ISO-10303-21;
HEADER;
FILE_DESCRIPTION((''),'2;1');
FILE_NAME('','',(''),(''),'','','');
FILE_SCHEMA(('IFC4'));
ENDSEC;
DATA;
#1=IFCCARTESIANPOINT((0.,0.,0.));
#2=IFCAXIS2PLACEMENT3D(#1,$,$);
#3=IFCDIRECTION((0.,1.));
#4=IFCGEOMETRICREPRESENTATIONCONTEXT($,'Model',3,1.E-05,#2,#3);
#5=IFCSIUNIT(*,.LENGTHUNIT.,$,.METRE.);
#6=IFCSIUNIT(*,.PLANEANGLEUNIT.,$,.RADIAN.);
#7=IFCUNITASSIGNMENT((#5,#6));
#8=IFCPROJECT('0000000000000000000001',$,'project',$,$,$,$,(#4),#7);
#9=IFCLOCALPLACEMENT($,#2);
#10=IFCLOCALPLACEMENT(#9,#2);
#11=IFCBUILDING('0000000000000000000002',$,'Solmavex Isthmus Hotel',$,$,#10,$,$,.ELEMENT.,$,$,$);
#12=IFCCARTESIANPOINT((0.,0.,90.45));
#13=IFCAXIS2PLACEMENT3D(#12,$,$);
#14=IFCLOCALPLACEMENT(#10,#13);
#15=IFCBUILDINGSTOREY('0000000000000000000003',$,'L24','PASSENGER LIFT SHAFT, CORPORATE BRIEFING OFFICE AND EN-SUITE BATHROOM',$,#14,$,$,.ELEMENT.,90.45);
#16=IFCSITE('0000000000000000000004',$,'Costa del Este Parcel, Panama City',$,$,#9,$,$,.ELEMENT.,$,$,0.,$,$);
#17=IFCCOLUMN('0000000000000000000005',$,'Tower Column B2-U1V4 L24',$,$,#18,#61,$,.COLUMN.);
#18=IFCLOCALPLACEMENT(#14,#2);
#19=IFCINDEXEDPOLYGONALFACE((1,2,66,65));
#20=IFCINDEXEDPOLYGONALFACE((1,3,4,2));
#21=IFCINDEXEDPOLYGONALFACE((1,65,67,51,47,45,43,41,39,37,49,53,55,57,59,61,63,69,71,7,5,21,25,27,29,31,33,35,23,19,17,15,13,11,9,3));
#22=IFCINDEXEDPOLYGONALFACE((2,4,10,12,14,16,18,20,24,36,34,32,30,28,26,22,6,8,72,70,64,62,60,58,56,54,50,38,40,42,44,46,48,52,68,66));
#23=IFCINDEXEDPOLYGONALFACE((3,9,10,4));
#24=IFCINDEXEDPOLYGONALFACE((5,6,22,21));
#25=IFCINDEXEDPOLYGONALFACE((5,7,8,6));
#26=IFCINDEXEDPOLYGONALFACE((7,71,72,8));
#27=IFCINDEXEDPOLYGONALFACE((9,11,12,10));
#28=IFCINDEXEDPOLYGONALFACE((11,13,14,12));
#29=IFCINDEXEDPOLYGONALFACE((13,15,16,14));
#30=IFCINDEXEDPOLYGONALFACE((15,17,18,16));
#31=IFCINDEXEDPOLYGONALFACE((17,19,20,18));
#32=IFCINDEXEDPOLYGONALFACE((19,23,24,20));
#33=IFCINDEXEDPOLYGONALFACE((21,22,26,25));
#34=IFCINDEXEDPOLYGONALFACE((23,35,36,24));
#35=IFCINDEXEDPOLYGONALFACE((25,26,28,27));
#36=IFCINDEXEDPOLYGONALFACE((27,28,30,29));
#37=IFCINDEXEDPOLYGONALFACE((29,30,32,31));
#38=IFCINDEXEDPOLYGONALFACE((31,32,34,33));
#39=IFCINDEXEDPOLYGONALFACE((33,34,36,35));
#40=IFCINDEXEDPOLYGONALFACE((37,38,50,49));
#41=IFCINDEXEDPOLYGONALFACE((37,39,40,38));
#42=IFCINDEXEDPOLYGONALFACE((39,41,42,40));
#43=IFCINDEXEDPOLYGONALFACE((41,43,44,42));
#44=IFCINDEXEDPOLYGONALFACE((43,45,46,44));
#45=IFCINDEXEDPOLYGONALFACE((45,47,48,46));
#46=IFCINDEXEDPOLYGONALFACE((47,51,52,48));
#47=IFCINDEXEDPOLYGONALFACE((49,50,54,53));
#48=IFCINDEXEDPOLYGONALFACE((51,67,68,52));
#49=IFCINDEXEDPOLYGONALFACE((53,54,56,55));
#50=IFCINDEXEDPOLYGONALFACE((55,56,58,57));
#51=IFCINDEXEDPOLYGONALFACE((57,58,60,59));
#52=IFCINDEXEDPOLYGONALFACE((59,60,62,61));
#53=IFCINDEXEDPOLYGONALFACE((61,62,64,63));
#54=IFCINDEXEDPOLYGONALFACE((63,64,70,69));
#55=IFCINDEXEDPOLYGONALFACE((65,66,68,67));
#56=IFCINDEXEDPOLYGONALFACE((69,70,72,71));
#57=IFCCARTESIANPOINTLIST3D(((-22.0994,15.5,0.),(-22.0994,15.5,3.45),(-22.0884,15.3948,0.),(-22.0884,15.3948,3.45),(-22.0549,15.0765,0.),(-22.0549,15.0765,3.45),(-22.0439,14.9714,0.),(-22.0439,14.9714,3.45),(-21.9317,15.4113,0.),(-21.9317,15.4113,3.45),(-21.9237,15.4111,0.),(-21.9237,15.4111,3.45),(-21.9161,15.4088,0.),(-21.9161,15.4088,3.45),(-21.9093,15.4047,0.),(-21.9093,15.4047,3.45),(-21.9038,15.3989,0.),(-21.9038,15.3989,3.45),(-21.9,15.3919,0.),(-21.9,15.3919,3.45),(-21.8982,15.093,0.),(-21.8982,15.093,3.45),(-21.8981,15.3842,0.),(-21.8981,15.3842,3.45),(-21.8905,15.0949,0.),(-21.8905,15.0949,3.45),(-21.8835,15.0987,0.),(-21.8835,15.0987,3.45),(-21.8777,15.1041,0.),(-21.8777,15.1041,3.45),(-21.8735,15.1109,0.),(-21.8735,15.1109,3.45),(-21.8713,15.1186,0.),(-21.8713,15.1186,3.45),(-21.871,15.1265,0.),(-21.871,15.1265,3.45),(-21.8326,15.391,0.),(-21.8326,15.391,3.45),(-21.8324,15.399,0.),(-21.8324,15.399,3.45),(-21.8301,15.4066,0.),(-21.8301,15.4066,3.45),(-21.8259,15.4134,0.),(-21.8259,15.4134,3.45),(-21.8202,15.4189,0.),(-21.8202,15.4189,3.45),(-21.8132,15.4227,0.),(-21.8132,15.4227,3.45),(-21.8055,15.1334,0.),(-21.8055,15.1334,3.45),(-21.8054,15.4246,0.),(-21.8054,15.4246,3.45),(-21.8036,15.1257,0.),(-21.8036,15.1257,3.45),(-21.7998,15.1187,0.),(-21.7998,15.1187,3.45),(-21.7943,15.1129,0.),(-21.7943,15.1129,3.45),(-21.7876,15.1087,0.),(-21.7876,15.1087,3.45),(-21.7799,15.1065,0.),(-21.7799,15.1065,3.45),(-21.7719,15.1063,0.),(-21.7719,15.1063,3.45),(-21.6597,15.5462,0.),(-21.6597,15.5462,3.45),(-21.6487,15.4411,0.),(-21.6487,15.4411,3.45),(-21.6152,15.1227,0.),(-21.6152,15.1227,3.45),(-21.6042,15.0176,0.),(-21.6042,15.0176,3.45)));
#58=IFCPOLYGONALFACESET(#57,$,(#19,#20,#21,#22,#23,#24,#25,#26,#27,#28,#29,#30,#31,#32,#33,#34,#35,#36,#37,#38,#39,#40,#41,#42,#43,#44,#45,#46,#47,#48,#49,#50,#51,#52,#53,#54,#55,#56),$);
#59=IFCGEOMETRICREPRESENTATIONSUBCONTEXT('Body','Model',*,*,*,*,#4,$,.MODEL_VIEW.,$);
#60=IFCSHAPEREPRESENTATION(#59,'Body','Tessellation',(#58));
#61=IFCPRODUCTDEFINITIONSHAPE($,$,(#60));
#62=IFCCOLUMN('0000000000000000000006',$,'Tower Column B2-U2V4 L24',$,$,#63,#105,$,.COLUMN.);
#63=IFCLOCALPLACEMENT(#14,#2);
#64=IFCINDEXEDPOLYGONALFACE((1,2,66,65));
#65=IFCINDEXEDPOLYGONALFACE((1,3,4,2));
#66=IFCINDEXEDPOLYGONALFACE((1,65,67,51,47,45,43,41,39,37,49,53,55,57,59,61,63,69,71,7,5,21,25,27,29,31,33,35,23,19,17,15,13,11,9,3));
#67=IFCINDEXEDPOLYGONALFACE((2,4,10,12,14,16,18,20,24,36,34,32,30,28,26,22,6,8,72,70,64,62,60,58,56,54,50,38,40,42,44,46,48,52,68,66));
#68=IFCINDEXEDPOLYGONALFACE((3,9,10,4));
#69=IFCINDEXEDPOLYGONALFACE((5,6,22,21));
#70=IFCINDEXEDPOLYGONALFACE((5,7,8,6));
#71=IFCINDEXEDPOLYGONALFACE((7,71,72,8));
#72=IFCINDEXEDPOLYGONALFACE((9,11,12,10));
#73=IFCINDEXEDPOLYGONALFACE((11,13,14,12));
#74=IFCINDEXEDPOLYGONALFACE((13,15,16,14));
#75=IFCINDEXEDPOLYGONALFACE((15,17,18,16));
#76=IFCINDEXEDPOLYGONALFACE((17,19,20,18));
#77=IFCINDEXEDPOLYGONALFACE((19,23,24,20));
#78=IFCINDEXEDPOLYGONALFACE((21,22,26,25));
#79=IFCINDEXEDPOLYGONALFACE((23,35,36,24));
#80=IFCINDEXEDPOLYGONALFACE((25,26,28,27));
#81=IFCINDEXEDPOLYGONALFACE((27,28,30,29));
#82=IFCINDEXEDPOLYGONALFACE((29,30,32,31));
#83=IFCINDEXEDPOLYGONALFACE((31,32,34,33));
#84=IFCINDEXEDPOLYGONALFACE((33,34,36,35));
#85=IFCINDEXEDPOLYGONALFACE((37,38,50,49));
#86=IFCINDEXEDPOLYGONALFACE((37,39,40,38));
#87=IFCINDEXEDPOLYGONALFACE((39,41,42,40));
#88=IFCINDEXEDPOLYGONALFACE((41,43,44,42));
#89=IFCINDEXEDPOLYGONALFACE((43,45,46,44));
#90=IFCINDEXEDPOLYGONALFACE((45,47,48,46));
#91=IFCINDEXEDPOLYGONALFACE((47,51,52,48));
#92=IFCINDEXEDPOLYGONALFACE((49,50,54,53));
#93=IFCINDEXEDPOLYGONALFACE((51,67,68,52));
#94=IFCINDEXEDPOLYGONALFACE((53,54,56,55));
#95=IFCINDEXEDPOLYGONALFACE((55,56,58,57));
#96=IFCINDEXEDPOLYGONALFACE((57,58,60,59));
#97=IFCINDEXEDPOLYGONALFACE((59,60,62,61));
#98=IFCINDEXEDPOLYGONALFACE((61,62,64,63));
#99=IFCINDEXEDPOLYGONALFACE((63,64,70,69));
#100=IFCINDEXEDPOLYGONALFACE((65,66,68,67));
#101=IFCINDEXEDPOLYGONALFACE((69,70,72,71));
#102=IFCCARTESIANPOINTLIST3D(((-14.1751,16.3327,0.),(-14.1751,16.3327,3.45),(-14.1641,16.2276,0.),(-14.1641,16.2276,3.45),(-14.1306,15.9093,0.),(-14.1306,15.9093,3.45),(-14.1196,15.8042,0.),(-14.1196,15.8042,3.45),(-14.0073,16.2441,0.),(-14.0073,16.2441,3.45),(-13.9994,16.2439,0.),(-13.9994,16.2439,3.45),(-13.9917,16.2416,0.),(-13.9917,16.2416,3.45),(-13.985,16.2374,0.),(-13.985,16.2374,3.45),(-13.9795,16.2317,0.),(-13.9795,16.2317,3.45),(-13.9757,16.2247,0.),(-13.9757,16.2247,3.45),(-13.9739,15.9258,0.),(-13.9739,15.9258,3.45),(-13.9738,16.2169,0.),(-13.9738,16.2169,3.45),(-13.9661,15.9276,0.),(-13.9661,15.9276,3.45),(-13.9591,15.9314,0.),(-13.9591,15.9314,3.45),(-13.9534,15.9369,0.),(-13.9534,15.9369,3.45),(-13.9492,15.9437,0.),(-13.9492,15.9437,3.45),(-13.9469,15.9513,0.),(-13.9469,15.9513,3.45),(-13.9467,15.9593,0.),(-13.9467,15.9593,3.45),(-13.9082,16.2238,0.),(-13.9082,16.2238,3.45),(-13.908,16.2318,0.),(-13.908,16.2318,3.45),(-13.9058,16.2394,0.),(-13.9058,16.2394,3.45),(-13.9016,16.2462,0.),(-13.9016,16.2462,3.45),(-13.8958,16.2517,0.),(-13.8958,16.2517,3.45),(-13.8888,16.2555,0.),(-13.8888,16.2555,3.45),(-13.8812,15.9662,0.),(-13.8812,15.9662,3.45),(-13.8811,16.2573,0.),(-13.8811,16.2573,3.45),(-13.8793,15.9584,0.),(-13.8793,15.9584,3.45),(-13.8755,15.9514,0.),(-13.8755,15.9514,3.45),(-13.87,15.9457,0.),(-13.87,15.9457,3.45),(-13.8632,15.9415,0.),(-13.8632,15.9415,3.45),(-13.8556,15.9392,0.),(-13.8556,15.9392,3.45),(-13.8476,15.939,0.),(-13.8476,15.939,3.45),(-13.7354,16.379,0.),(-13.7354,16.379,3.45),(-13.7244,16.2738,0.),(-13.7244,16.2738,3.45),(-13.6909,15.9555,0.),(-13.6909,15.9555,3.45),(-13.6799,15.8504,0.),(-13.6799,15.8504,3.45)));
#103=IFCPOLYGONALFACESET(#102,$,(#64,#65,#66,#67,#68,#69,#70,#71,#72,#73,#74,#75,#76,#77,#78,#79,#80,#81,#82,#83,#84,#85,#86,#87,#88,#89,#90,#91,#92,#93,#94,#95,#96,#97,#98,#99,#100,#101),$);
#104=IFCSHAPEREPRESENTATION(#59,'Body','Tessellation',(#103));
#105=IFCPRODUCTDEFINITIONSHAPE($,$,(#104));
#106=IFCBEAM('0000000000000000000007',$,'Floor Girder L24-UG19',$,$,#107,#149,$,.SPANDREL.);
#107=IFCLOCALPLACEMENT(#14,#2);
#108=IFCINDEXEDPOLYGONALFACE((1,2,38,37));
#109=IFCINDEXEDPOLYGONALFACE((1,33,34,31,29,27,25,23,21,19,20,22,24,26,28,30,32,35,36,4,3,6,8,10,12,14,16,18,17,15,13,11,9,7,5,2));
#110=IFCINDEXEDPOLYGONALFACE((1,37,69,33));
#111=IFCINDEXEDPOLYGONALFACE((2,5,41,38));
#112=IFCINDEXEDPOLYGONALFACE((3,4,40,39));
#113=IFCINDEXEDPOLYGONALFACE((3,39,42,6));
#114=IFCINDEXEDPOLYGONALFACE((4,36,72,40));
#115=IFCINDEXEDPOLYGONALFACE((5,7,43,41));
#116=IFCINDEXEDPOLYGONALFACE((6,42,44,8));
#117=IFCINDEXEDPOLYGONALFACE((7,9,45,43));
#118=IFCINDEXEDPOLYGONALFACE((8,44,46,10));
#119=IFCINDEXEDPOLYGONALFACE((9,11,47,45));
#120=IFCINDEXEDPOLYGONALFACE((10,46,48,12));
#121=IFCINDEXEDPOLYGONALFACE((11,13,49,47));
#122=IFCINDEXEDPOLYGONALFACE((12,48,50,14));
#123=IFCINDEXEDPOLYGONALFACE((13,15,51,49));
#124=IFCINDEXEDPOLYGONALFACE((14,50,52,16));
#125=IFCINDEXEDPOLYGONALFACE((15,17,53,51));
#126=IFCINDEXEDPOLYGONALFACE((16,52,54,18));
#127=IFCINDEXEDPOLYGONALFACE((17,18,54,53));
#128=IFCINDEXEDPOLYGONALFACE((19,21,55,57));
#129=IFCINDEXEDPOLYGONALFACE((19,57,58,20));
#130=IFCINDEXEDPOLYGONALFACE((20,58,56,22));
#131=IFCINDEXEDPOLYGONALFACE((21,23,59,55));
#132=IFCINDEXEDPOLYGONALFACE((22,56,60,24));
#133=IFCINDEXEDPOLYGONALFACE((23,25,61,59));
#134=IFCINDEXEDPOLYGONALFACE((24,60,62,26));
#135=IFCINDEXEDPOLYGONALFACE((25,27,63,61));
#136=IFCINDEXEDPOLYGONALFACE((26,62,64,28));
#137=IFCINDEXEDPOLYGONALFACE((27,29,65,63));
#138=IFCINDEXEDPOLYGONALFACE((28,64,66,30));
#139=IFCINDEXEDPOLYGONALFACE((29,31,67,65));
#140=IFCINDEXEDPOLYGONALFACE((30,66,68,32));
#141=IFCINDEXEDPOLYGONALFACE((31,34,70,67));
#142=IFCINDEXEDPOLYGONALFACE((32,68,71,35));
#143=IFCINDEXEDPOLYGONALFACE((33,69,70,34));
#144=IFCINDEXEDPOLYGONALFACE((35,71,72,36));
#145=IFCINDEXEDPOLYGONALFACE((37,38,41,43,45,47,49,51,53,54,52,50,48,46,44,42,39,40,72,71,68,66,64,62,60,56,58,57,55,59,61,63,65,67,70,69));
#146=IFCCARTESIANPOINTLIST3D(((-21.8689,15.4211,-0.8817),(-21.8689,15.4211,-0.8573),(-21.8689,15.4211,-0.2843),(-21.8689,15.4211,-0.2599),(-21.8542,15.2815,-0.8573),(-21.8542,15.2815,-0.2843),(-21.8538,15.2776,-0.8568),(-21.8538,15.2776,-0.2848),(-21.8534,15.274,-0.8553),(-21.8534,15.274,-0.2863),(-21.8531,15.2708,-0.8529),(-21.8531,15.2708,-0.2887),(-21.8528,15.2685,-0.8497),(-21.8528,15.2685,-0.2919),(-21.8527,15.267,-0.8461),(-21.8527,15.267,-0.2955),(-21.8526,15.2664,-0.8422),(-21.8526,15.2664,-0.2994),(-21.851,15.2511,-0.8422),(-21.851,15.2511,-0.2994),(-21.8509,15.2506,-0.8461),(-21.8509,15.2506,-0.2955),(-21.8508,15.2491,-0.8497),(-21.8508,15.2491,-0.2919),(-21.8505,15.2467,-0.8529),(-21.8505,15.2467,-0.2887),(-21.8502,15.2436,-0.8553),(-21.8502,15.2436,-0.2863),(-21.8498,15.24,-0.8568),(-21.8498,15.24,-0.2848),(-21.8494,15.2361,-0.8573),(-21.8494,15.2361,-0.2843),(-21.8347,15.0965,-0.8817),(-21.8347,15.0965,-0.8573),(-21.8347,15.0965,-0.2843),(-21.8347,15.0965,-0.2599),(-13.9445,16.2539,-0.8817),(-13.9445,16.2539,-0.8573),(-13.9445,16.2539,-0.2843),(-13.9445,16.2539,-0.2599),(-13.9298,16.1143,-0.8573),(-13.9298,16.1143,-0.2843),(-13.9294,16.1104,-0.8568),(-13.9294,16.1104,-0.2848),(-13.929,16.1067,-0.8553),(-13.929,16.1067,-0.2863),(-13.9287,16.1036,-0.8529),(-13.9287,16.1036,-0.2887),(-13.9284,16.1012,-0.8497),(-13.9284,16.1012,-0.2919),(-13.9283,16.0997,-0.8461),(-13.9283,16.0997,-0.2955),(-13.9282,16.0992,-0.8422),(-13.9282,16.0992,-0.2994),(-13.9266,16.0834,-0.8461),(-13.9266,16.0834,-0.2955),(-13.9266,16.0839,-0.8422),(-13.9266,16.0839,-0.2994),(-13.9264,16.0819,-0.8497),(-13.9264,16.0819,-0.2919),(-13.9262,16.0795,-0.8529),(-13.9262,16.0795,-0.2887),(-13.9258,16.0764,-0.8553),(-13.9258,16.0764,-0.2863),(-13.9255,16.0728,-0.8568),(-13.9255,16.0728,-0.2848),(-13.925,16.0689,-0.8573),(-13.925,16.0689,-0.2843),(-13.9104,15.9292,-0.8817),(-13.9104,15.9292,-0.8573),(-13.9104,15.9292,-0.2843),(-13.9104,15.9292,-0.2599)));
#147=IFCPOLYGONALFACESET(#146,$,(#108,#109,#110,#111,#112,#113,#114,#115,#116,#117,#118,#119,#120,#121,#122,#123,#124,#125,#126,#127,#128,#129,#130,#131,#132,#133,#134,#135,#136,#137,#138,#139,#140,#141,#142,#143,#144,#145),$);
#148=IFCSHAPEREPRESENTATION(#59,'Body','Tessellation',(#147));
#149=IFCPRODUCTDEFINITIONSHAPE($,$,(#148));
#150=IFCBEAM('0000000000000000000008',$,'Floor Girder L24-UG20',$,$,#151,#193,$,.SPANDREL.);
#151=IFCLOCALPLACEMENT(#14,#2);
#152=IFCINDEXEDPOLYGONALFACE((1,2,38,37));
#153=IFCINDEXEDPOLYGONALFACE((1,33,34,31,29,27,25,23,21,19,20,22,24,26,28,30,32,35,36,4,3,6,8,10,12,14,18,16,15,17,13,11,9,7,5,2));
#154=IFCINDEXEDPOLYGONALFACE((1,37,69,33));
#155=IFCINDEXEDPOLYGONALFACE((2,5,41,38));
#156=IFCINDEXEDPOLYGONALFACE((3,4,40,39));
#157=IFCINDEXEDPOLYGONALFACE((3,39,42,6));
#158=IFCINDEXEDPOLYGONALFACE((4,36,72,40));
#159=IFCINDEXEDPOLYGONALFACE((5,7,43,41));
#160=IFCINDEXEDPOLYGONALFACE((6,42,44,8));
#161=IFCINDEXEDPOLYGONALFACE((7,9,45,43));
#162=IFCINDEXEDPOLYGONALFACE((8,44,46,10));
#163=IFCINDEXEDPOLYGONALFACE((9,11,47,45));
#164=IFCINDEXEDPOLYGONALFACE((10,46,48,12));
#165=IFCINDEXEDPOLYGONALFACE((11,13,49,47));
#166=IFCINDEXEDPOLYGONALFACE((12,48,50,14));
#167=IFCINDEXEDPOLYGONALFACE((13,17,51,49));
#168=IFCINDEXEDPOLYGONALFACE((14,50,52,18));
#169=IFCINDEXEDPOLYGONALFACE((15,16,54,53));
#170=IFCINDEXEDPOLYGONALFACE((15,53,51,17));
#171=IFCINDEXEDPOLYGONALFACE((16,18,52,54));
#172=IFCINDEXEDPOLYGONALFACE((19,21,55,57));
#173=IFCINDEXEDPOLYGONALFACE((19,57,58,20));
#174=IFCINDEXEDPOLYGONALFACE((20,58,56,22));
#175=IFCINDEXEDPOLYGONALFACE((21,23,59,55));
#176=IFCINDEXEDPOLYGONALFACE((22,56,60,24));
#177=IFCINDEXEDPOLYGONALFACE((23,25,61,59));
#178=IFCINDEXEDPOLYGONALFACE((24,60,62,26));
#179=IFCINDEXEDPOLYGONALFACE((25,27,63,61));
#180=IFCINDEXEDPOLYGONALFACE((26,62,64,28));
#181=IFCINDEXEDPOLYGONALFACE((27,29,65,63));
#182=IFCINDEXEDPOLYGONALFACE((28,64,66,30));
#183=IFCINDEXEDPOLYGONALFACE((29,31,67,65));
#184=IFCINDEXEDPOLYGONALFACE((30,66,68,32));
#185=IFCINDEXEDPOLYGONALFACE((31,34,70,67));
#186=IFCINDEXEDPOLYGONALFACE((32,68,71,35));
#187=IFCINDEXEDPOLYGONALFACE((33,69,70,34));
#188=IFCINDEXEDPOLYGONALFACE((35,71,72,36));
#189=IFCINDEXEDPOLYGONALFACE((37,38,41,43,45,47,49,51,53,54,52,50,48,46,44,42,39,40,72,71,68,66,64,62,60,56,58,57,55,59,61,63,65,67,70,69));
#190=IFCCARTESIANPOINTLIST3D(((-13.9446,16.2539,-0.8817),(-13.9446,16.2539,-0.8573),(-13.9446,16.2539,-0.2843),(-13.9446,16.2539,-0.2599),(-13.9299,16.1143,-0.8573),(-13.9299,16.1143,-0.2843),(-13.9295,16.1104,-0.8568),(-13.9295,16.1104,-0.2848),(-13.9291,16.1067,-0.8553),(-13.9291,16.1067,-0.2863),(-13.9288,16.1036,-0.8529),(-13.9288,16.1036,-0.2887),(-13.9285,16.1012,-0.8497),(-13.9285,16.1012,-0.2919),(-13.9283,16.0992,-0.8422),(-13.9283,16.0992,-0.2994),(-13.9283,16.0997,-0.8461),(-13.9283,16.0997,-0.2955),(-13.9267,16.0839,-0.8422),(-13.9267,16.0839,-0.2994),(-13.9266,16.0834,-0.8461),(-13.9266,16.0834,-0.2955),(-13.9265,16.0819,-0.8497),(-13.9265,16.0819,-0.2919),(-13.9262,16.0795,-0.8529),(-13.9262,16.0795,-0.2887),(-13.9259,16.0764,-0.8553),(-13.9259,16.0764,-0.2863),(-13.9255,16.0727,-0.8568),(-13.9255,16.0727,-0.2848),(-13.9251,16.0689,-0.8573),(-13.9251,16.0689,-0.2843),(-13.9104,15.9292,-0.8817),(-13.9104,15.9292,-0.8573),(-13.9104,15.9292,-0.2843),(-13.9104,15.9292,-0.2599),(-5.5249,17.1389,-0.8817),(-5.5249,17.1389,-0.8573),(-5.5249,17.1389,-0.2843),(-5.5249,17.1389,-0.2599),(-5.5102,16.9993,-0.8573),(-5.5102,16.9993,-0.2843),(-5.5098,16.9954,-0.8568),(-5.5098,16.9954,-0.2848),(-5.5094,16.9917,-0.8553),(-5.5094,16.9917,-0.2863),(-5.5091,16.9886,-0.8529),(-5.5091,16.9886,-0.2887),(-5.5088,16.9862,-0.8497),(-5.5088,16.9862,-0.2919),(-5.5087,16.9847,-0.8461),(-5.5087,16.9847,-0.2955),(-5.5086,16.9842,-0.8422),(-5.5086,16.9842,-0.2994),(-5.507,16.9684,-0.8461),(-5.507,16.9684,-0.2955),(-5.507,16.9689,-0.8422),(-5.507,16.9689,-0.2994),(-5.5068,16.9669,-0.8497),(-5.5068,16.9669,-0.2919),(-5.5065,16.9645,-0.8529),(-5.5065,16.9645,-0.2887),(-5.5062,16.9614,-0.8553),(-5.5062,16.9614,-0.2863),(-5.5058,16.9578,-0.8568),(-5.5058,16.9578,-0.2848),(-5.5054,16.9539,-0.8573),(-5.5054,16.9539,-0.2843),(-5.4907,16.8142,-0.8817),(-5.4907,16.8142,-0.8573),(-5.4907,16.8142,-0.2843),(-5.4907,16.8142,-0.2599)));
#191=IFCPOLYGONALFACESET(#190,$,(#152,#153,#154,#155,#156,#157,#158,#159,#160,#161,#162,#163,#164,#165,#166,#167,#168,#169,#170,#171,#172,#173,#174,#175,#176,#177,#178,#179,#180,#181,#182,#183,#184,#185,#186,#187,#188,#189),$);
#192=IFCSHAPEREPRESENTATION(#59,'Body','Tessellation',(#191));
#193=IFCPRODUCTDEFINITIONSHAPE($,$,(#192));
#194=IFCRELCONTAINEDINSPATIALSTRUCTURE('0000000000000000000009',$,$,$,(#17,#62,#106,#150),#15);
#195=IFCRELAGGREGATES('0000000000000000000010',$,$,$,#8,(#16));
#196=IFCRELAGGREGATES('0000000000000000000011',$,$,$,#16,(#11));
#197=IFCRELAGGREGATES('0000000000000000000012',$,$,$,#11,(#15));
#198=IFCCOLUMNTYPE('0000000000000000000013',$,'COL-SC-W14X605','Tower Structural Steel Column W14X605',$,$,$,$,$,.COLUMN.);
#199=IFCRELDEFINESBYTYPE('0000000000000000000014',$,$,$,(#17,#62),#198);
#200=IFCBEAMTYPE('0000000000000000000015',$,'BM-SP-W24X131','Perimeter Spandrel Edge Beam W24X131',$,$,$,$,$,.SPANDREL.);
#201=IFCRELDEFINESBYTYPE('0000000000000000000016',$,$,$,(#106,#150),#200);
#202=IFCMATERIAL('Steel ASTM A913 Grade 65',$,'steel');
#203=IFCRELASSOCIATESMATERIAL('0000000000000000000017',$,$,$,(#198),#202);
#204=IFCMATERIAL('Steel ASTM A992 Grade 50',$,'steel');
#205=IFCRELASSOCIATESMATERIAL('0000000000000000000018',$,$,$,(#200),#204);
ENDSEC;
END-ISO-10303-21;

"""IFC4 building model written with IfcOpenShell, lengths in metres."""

from ifc_helpers import new_model, si_unit, direction, frame, origin, origin_2d, place, context, subcontext, project, spatial, i_section, extrude, material, material_profile, profile_set, type_object, element, save


model = new_model("IFC4")

# Units and contexts
model_context = context("Model", 3, precision=1e-05, world=origin(), true_north=direction((0.0, 1.0)))
body_context = subcontext(model_context, "Body", "Model", "MODEL_VIEW")
ifc_project = project(units=[si_unit("LENGTHUNIT", "METRE"), si_unit("PLANEANGLEUNIT", "RADIAN")], contexts=[model_context])

# Site, building, storey
site_placement = place(None, origin())
site = spatial("IfcSite", under=ifc_project, at=site_placement, Name="Costa del Este Parcel, Panama City", CompositionType="ELEMENT", RefElevation=0.0)
building_placement = place(site_placement, origin())
building = spatial("IfcBuilding", under=site, at=building_placement, Name="Solmavex Isthmus Hotel", CompositionType="ELEMENT")
storey_placement = place(building_placement, frame((0.0, 0.0, 90.45)))
storey = spatial("IfcBuildingStorey", under=building, at=storey_placement, Name="L24", Description="PASSENGER LIFT SHAFT, CORPORATE BRIEFING OFFICE AND EN-SUITE BATHROOM", CompositionType="ELEMENT", Elevation=90.45)

# Columns
ifc_material_1 = material(Name="Steel ASTM A913 Grade 65", Category="steel")
ifc_material_profile_1 = material_profile(ifc_material_1, i_section(OverallWidth=0.4421, OverallDepth=0.5315, WebThickness=0.0659, FlangeThickness=0.1057, FilletRadius=0.0305, at=origin_2d()), Name="W14X605")
ifc_profile_set_1 = profile_set([ifc_material_profile_1], Name="Steel ASTM A913 Grade 65")
column_type = type_object("IfcColumnType", Name="COL-SC-W14X605", Description="Tower Structural Steel Column W14X605", PredefinedType="COLUMN", material=ifc_profile_set_1)
for number, where, z_axis, x_axis, name in (
    (1, (-21.8518, 15.2588, 0.0), (0.0, 0.0, 1.0), (0.994522, 0.104528, 0.0), "Tower Column B2-U1V4 L24"),
    (2, (-13.9275, 16.0916, 0.0), (0.0, 0.0, 1.0), (0.994522, 0.104528, 0.0), "Tower Column B2-U2V4 L24"),
):
    element("IfcColumn", number, at=place(storey_placement, frame(where, z_axis=z_axis, x_axis=x_axis)), inside=storey, type_object=column_type, Name=name, PredefinedType="COLUMN", context=body_context, shape_type="SweptSolid", body=[
        extrude(i_section(OverallWidth=0.4421, OverallDepth=0.5315, WebThickness=0.0659, FlangeThickness=0.1057, FilletRadius=0.0305, at=origin_2d()), origin(), (0.0, 0.0, 1.0), 3.45),
    ])

# Beams
ifc_material_2 = material(Name="Steel ASTM A992 Grade 50", Category="steel")
ifc_material_profile_2 = material_profile(ifc_material_2, i_section(OverallWidth=0.3264, OverallDepth=0.6218, WebThickness=0.0154, FlangeThickness=0.0244, FilletRadius=0.0151, at=origin_2d()), Name="W24X131")
ifc_profile_set_2 = profile_set([ifc_material_profile_2], Name="Steel ASTM A992 Grade 50")
beam_type = type_object("IfcBeamType", Name="BM-SP-W24X131", Description="Perimeter Spandrel Edge Beam W24X131", PredefinedType="SPANDREL", material=ifc_profile_set_2)
beam_1_placement = place(storey_placement, frame((-21.8518, 15.2588, -0.5708), z_axis=(0.994523, 0.104514, 0.0), x_axis=(-0.104514, 0.994523, 0.0)))
element("IfcBeam", 3, at=beam_1_placement, inside=storey, type_object=beam_type, Name="Floor Girder L24-UG19", PredefinedType="SPANDREL", context=body_context, shape_type="SweptSolid", body=[
    extrude(i_section(OverallWidth=0.3264, OverallDepth=0.6218, WebThickness=0.0154, FlangeThickness=0.0244, FilletRadius=0.0151, at=origin_2d()), origin(), (0.0, 0.0, 1.0), 7.968),
])
beam_2_placement = place(storey_placement, frame((-13.9275, 16.0916, -0.5708), z_axis=(0.994521, 0.104536, 0.0), x_axis=(-0.104536, 0.994521, 0.0)))
element("IfcBeam", 4, at=beam_2_placement, inside=storey, type_object=beam_type, Name="Floor Girder L24-UG20", PredefinedType="SPANDREL", context=body_context, shape_type="SweptSolid", body=[
    extrude(i_section(OverallWidth=0.3264, OverallDepth=0.6218, WebThickness=0.0154, FlangeThickness=0.0244, FilletRadius=0.0151, at=origin_2d()), origin(), (0.0, 0.0, 1.0), 8.4661),
])

save(model, "model.ifc")
